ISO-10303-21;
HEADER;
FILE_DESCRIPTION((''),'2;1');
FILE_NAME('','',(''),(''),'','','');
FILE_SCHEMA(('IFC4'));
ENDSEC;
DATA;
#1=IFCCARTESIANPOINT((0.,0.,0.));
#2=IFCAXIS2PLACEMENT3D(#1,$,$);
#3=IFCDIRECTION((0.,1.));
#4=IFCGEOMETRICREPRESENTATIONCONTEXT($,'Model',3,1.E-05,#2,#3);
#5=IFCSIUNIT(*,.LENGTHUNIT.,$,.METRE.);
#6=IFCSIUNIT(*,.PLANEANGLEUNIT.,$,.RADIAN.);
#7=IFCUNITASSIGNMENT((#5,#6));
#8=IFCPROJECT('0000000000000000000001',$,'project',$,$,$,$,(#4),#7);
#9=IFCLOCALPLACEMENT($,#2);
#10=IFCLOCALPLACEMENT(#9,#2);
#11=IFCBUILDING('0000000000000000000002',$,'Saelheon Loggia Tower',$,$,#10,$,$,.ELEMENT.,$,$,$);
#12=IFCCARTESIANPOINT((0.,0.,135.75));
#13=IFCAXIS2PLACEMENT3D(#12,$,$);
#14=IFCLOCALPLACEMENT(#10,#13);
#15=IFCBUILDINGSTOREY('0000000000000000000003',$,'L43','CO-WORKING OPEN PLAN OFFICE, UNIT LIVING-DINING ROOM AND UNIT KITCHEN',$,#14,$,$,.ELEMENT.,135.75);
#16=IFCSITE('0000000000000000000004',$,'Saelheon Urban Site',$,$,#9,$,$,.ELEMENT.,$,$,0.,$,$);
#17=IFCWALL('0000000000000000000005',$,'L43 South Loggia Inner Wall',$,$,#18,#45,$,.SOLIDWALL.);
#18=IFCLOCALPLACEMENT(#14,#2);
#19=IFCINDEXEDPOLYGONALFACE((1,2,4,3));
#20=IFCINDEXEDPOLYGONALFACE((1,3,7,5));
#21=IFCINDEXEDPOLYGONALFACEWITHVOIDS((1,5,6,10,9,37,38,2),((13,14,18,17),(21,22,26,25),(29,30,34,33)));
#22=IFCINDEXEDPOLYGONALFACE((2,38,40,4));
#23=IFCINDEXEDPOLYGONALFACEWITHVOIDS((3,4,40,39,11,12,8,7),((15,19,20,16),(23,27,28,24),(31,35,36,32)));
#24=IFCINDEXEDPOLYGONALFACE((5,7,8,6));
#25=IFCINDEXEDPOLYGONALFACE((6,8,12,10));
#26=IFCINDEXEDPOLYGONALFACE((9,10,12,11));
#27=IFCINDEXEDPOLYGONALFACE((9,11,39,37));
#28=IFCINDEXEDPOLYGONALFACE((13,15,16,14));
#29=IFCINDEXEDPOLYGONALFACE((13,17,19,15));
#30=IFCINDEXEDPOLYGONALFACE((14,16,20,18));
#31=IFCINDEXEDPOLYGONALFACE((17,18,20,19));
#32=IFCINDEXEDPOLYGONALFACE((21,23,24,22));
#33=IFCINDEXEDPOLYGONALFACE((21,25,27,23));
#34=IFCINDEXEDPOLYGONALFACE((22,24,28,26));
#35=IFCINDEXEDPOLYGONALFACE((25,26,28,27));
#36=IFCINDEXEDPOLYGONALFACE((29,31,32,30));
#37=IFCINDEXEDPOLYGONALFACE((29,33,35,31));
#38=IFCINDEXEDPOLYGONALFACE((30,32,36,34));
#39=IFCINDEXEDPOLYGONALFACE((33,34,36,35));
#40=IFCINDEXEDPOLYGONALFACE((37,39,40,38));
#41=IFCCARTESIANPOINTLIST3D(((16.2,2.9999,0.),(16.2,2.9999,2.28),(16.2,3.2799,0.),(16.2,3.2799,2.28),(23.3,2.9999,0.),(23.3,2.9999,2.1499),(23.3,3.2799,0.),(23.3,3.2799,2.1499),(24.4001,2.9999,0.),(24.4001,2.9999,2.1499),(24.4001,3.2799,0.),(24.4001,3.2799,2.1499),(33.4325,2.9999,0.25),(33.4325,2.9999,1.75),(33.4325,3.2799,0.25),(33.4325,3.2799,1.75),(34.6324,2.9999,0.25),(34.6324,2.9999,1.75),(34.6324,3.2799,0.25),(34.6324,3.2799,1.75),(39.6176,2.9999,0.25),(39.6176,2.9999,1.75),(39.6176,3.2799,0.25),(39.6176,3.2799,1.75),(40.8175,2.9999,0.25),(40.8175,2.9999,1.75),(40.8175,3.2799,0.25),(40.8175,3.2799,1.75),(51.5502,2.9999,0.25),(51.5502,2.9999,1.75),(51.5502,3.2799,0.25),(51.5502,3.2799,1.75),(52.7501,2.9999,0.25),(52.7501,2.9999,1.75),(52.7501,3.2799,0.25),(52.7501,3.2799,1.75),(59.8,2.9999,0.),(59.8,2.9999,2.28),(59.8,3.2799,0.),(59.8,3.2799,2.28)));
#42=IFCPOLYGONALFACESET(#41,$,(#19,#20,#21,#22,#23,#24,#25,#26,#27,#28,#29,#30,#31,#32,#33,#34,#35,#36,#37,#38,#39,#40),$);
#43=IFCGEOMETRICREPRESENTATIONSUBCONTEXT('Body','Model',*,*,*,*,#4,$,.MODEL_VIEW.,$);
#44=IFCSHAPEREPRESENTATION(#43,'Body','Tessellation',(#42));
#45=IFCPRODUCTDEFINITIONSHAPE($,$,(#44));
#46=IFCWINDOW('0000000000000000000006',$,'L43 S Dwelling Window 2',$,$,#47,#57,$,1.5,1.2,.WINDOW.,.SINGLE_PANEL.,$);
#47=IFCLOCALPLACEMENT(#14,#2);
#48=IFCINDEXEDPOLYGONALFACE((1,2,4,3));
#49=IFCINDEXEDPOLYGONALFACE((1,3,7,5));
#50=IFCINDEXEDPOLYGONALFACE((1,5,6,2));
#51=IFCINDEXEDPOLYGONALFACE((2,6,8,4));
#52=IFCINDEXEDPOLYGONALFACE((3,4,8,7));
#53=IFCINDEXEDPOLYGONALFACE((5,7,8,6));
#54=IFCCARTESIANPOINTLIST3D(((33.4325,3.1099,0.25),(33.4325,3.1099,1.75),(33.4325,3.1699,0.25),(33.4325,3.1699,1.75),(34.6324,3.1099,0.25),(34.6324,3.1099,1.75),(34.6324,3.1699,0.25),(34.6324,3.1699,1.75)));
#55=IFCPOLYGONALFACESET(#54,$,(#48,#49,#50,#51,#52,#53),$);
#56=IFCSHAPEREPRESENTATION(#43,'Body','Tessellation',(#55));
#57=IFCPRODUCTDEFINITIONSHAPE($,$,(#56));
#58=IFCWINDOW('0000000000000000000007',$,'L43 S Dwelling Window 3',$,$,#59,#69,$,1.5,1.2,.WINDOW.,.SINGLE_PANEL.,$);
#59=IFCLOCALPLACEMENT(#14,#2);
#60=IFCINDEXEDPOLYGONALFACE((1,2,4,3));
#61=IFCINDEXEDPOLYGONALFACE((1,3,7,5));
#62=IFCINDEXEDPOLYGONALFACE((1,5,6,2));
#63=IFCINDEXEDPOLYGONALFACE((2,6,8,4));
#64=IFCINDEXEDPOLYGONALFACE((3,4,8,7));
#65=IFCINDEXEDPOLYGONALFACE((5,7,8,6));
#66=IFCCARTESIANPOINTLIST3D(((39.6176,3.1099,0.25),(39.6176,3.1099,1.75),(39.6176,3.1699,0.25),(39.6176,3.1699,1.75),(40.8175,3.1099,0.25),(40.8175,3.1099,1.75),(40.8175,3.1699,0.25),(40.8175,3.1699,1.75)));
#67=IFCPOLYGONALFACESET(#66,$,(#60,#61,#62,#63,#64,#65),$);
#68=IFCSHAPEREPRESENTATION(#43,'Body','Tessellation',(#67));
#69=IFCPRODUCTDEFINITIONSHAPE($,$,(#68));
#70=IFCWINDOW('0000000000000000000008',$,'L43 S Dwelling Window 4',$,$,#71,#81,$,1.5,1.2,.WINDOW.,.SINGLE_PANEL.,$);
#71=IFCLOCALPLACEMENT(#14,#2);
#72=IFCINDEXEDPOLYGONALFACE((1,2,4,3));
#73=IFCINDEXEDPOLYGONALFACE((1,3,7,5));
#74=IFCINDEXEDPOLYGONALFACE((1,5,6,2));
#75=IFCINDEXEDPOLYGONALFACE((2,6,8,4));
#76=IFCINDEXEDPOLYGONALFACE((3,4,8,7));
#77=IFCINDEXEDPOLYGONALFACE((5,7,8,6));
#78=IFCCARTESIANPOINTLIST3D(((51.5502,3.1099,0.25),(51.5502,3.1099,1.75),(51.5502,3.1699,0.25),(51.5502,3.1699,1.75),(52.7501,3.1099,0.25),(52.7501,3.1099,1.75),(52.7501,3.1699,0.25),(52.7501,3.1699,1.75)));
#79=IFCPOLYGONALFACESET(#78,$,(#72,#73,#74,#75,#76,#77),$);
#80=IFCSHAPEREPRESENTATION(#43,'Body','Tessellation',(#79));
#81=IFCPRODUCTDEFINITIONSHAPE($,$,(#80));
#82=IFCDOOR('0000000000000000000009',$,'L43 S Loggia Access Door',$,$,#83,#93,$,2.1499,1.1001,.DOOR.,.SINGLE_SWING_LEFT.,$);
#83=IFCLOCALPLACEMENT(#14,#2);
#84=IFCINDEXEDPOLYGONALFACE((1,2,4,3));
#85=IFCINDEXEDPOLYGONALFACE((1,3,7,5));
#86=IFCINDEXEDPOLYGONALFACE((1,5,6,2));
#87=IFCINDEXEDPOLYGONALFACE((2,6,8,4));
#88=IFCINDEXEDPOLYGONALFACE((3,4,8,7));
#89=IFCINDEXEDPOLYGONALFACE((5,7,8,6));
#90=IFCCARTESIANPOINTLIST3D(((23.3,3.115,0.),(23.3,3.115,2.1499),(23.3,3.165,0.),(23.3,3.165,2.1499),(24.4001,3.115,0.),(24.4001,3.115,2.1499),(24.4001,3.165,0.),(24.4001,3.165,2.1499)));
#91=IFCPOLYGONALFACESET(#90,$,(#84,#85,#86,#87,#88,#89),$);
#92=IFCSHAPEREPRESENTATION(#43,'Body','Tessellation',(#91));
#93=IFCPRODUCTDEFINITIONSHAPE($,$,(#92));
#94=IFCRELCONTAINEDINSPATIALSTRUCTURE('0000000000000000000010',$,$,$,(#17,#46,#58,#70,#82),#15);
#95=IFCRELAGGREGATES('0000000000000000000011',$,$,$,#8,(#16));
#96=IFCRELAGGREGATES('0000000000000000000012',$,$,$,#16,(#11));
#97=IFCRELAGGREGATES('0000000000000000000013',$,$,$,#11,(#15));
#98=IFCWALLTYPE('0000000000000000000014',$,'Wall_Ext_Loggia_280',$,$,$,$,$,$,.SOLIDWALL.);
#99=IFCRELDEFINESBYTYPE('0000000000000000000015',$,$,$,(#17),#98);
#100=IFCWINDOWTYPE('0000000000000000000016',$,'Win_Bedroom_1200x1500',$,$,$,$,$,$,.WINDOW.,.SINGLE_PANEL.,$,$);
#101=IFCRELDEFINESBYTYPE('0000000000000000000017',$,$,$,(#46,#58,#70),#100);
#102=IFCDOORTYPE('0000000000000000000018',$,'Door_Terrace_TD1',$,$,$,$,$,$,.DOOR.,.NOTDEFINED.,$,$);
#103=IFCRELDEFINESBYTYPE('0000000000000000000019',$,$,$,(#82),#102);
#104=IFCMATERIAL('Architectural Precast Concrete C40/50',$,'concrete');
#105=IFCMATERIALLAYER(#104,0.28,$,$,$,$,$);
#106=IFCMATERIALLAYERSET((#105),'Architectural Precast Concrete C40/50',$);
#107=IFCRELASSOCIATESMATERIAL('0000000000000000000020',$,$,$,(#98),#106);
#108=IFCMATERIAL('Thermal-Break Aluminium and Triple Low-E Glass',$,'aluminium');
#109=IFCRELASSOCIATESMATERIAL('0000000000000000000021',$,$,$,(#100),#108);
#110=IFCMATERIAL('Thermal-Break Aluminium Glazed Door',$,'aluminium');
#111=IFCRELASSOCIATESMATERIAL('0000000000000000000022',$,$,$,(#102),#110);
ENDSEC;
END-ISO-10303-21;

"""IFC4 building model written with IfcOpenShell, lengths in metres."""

from ifc_helpers import new_model, si_unit, direction, frame, frame_2d, origin, place, context, subcontext, project, spatial, rectangle, extrude, source, transform, mapped, material, layer, layer_set, type_object, element, fill, save


model = new_model("IFC4")

# Units and contexts
model_context = context("Model", 3, precision=1e-05, world=origin(), true_north=direction((0.0, 1.0)))
body_context = subcontext(model_context, "Body", "Model", "MODEL_VIEW")
ifc_project = project(units=[si_unit("LENGTHUNIT", "METRE"), si_unit("PLANEANGLEUNIT", "RADIAN")], contexts=[model_context])

# Site, building, storey
site_placement = place(None, origin())
site = spatial("IfcSite", under=ifc_project, at=site_placement, Name="Saelheon Urban Site", CompositionType="ELEMENT", RefElevation=0.0)
building_placement = place(site_placement, origin())
building = spatial("IfcBuilding", under=site, at=building_placement, Name="Saelheon Loggia Tower", CompositionType="ELEMENT")
storey_placement = place(building_placement, frame((0.0, 0.0, 135.75)))
storey = spatial("IfcBuildingStorey", under=building, at=storey_placement, Name="L43", Description="CO-WORKING OPEN PLAN OFFICE, UNIT LIVING-DINING ROOM AND UNIT KITCHEN", CompositionType="ELEMENT", Elevation=135.75)

# Wall, openings, windows, door
ifc_material_1 = material(Name="Architectural Precast Concrete C40/50", Category="concrete")
ifc_layer_1 = layer(ifc_material_1, 0.28)
ifc_layer_set_1 = layer_set([ifc_layer_1], Name="Architectural Precast Concrete C40/50")
wall_type = type_object("IfcWallType", Name="Wall_Ext_Loggia_280", PredefinedType="SOLIDWALL", material=ifc_layer_set_1)
wall_placement = place(storey_placement, frame((16.2, 3.1399, 0.0), z_axis=(0.0, 0.0, 1.0), x_axis=(1.0, 0.0, 0.0)))
wall = element("IfcWall", 1, at=wall_placement, inside=storey, type_object=wall_type, Name="L43 South Loggia Inner Wall", PredefinedType="SOLIDWALL", context=body_context, shape_type="SweptSolid", body=[
    extrude(rectangle(XDim=43.6001, YDim=0.28, at=frame_2d((21.8, 0.0))), origin(), (0.0, 0.0, 1.0), 2.28),
])
opening_1_placement = place(wall_placement, frame((8.2002, 0.0, 0.0), z_axis=(0.0, 0.0, 1.0), x_axis=(-1.0, 0.0, 0.0)))
opening_1 = element("IfcOpeningElement", 2, at=opening_1_placement, cuts=wall, PredefinedType="OPENING", context=body_context, shape_type="SweptSolid", body=[
    extrude(rectangle(XDim=1.1001, YDim=2.1499, at=frame_2d((0.55, 1.075))), frame((0.0, 0.1521, 0.0), z_axis=(0.0, -1.0, 0.0), x_axis=(1.0, 0.0, 0.0)), (0.0, 0.0, 1.0), 0.304),
])
opening_2_placement = place(wall_placement, frame((17.2324, 0.0, 0.25)))
opening_2 = element("IfcOpeningElement", 3, at=opening_2_placement, cuts=wall, PredefinedType="OPENING", context=body_context, shape_type="SweptSolid", body=[
    extrude(rectangle(XDim=1.2, YDim=1.5, at=frame_2d((0.6001, 0.75))), frame((0.0, 0.1521, 0.0), z_axis=(0.0, -1.0, 0.0), x_axis=(1.0, 0.0, 0.0)), (0.0, 0.0, 1.0), 0.304),
])
opening_3_placement = place(wall_placement, frame((23.4175, 0.0, 0.25)))
opening_3 = element("IfcOpeningElement", 4, at=opening_3_placement, cuts=wall, PredefinedType="OPENING", context=body_context, shape_type="SweptSolid", body=[
    extrude(rectangle(XDim=1.2, YDim=1.5, at=frame_2d((0.6001, 0.75))), frame((0.0, 0.1521, 0.0), z_axis=(0.0, -1.0, 0.0), x_axis=(1.0, 0.0, 0.0)), (0.0, 0.0, 1.0), 0.304),
])
opening_4_placement = place(wall_placement, frame((35.3501, 0.0, 0.25)))
opening_4 = element("IfcOpeningElement", 5, at=opening_4_placement, cuts=wall, PredefinedType="OPENING", context=body_context, shape_type="SweptSolid", body=[
    extrude(rectangle(XDim=1.2, YDim=1.5, at=frame_2d((0.6001, 0.75))), frame((0.0, 0.1521, 0.0), z_axis=(0.0, -1.0, 0.0), x_axis=(1.0, 0.0, 0.0)), (0.0, 0.0, 1.0), 0.304),
])
ifc_material_2 = material(Name="Thermal-Break Aluminium and Triple Low-E Glass", Category="aluminium")
window_type = type_object("IfcWindowType", Name="Win_Bedroom_1200x1500", PartitioningType="SINGLE_PANEL", PredefinedType="WINDOW", material=ifc_material_2)
shared_shape_1 = source(origin(), body_context, "Body", "SweptSolid", [
    extrude(rectangle(XDim=1.2, YDim=1.5, at=frame_2d((0.6001, 0.75))), frame((0.0, 0.03, 0.0), z_axis=(0.0, -1.0, 0.0), x_axis=(1.0, 0.0, 0.0)), (0.0, 0.0, 1.0), 0.0601),
])
window_1_placement = place(opening_2_placement, origin())
window_1 = element("IfcWindow", 6, at=window_1_placement, inside=storey, type_object=window_type, Name="L43 S Dwelling Window 2", OverallHeight=1.5, OverallWidth=1.2, PartitioningType="SINGLE_PANEL", PredefinedType="WINDOW", context=body_context, shape_type="MappedRepresentation", body=[
    mapped(shared_shape_1, transform((0.0, 0.0, 0.0), scale=1.0)),
])
fill(opening_2, window_1)
window_2_placement = place(opening_3_placement, origin())
window_2 = element("IfcWindow", 7, at=window_2_placement, inside=storey, type_object=window_type, Name="L43 S Dwelling Window 3", OverallHeight=1.5, OverallWidth=1.2, PartitioningType="SINGLE_PANEL", PredefinedType="WINDOW", context=body_context, shape_type="MappedRepresentation", body=[
    mapped(shared_shape_1, transform((0.0, 0.0, 0.0), scale=1.0)),
])
fill(opening_3, window_2)
window_3_placement = place(opening_4_placement, origin())
window_3 = element("IfcWindow", 8, at=window_3_placement, inside=storey, type_object=window_type, Name="L43 S Dwelling Window 4", OverallHeight=1.5, OverallWidth=1.2, PartitioningType="SINGLE_PANEL", PredefinedType="WINDOW", context=body_context, shape_type="MappedRepresentation", body=[
    mapped(shared_shape_1, transform((0.0, 0.0, 0.0), scale=1.0)),
])
fill(opening_4, window_3)
ifc_material_3 = material(Name="Thermal-Break Aluminium Glazed Door", Category="aluminium")
door_type = type_object("IfcDoorType", Name="Door_Terrace_TD1", OperationType="NOTDEFINED", PredefinedType="DOOR", material=ifc_material_3)
shared_shape_2 = source(origin(), body_context, "Body", "SweptSolid", [
    extrude(rectangle(XDim=1.1001, YDim=2.1499, at=frame_2d((0.55, 1.075))), frame((0.0, 0.0249, 0.0), z_axis=(0.0, -1.0, 0.0), x_axis=(1.0, 0.0, 0.0)), (0.0, 0.0, 1.0), 0.05),
])
door_placement = place(opening_1_placement, origin())
door = element("IfcDoor", 9, at=door_placement, inside=storey, type_object=door_type, Name="L43 S Loggia Access Door", OperationType="SINGLE_SWING_LEFT", OverallHeight=2.1499, OverallWidth=1.1001, PredefinedType="DOOR", context=body_context, shape_type="MappedRepresentation", body=[
    mapped(shared_shape_2, transform((0.0, 0.0, 0.0), scale=1.0)),
])
fill(opening_1, door)

save(model, "model.ifc")
